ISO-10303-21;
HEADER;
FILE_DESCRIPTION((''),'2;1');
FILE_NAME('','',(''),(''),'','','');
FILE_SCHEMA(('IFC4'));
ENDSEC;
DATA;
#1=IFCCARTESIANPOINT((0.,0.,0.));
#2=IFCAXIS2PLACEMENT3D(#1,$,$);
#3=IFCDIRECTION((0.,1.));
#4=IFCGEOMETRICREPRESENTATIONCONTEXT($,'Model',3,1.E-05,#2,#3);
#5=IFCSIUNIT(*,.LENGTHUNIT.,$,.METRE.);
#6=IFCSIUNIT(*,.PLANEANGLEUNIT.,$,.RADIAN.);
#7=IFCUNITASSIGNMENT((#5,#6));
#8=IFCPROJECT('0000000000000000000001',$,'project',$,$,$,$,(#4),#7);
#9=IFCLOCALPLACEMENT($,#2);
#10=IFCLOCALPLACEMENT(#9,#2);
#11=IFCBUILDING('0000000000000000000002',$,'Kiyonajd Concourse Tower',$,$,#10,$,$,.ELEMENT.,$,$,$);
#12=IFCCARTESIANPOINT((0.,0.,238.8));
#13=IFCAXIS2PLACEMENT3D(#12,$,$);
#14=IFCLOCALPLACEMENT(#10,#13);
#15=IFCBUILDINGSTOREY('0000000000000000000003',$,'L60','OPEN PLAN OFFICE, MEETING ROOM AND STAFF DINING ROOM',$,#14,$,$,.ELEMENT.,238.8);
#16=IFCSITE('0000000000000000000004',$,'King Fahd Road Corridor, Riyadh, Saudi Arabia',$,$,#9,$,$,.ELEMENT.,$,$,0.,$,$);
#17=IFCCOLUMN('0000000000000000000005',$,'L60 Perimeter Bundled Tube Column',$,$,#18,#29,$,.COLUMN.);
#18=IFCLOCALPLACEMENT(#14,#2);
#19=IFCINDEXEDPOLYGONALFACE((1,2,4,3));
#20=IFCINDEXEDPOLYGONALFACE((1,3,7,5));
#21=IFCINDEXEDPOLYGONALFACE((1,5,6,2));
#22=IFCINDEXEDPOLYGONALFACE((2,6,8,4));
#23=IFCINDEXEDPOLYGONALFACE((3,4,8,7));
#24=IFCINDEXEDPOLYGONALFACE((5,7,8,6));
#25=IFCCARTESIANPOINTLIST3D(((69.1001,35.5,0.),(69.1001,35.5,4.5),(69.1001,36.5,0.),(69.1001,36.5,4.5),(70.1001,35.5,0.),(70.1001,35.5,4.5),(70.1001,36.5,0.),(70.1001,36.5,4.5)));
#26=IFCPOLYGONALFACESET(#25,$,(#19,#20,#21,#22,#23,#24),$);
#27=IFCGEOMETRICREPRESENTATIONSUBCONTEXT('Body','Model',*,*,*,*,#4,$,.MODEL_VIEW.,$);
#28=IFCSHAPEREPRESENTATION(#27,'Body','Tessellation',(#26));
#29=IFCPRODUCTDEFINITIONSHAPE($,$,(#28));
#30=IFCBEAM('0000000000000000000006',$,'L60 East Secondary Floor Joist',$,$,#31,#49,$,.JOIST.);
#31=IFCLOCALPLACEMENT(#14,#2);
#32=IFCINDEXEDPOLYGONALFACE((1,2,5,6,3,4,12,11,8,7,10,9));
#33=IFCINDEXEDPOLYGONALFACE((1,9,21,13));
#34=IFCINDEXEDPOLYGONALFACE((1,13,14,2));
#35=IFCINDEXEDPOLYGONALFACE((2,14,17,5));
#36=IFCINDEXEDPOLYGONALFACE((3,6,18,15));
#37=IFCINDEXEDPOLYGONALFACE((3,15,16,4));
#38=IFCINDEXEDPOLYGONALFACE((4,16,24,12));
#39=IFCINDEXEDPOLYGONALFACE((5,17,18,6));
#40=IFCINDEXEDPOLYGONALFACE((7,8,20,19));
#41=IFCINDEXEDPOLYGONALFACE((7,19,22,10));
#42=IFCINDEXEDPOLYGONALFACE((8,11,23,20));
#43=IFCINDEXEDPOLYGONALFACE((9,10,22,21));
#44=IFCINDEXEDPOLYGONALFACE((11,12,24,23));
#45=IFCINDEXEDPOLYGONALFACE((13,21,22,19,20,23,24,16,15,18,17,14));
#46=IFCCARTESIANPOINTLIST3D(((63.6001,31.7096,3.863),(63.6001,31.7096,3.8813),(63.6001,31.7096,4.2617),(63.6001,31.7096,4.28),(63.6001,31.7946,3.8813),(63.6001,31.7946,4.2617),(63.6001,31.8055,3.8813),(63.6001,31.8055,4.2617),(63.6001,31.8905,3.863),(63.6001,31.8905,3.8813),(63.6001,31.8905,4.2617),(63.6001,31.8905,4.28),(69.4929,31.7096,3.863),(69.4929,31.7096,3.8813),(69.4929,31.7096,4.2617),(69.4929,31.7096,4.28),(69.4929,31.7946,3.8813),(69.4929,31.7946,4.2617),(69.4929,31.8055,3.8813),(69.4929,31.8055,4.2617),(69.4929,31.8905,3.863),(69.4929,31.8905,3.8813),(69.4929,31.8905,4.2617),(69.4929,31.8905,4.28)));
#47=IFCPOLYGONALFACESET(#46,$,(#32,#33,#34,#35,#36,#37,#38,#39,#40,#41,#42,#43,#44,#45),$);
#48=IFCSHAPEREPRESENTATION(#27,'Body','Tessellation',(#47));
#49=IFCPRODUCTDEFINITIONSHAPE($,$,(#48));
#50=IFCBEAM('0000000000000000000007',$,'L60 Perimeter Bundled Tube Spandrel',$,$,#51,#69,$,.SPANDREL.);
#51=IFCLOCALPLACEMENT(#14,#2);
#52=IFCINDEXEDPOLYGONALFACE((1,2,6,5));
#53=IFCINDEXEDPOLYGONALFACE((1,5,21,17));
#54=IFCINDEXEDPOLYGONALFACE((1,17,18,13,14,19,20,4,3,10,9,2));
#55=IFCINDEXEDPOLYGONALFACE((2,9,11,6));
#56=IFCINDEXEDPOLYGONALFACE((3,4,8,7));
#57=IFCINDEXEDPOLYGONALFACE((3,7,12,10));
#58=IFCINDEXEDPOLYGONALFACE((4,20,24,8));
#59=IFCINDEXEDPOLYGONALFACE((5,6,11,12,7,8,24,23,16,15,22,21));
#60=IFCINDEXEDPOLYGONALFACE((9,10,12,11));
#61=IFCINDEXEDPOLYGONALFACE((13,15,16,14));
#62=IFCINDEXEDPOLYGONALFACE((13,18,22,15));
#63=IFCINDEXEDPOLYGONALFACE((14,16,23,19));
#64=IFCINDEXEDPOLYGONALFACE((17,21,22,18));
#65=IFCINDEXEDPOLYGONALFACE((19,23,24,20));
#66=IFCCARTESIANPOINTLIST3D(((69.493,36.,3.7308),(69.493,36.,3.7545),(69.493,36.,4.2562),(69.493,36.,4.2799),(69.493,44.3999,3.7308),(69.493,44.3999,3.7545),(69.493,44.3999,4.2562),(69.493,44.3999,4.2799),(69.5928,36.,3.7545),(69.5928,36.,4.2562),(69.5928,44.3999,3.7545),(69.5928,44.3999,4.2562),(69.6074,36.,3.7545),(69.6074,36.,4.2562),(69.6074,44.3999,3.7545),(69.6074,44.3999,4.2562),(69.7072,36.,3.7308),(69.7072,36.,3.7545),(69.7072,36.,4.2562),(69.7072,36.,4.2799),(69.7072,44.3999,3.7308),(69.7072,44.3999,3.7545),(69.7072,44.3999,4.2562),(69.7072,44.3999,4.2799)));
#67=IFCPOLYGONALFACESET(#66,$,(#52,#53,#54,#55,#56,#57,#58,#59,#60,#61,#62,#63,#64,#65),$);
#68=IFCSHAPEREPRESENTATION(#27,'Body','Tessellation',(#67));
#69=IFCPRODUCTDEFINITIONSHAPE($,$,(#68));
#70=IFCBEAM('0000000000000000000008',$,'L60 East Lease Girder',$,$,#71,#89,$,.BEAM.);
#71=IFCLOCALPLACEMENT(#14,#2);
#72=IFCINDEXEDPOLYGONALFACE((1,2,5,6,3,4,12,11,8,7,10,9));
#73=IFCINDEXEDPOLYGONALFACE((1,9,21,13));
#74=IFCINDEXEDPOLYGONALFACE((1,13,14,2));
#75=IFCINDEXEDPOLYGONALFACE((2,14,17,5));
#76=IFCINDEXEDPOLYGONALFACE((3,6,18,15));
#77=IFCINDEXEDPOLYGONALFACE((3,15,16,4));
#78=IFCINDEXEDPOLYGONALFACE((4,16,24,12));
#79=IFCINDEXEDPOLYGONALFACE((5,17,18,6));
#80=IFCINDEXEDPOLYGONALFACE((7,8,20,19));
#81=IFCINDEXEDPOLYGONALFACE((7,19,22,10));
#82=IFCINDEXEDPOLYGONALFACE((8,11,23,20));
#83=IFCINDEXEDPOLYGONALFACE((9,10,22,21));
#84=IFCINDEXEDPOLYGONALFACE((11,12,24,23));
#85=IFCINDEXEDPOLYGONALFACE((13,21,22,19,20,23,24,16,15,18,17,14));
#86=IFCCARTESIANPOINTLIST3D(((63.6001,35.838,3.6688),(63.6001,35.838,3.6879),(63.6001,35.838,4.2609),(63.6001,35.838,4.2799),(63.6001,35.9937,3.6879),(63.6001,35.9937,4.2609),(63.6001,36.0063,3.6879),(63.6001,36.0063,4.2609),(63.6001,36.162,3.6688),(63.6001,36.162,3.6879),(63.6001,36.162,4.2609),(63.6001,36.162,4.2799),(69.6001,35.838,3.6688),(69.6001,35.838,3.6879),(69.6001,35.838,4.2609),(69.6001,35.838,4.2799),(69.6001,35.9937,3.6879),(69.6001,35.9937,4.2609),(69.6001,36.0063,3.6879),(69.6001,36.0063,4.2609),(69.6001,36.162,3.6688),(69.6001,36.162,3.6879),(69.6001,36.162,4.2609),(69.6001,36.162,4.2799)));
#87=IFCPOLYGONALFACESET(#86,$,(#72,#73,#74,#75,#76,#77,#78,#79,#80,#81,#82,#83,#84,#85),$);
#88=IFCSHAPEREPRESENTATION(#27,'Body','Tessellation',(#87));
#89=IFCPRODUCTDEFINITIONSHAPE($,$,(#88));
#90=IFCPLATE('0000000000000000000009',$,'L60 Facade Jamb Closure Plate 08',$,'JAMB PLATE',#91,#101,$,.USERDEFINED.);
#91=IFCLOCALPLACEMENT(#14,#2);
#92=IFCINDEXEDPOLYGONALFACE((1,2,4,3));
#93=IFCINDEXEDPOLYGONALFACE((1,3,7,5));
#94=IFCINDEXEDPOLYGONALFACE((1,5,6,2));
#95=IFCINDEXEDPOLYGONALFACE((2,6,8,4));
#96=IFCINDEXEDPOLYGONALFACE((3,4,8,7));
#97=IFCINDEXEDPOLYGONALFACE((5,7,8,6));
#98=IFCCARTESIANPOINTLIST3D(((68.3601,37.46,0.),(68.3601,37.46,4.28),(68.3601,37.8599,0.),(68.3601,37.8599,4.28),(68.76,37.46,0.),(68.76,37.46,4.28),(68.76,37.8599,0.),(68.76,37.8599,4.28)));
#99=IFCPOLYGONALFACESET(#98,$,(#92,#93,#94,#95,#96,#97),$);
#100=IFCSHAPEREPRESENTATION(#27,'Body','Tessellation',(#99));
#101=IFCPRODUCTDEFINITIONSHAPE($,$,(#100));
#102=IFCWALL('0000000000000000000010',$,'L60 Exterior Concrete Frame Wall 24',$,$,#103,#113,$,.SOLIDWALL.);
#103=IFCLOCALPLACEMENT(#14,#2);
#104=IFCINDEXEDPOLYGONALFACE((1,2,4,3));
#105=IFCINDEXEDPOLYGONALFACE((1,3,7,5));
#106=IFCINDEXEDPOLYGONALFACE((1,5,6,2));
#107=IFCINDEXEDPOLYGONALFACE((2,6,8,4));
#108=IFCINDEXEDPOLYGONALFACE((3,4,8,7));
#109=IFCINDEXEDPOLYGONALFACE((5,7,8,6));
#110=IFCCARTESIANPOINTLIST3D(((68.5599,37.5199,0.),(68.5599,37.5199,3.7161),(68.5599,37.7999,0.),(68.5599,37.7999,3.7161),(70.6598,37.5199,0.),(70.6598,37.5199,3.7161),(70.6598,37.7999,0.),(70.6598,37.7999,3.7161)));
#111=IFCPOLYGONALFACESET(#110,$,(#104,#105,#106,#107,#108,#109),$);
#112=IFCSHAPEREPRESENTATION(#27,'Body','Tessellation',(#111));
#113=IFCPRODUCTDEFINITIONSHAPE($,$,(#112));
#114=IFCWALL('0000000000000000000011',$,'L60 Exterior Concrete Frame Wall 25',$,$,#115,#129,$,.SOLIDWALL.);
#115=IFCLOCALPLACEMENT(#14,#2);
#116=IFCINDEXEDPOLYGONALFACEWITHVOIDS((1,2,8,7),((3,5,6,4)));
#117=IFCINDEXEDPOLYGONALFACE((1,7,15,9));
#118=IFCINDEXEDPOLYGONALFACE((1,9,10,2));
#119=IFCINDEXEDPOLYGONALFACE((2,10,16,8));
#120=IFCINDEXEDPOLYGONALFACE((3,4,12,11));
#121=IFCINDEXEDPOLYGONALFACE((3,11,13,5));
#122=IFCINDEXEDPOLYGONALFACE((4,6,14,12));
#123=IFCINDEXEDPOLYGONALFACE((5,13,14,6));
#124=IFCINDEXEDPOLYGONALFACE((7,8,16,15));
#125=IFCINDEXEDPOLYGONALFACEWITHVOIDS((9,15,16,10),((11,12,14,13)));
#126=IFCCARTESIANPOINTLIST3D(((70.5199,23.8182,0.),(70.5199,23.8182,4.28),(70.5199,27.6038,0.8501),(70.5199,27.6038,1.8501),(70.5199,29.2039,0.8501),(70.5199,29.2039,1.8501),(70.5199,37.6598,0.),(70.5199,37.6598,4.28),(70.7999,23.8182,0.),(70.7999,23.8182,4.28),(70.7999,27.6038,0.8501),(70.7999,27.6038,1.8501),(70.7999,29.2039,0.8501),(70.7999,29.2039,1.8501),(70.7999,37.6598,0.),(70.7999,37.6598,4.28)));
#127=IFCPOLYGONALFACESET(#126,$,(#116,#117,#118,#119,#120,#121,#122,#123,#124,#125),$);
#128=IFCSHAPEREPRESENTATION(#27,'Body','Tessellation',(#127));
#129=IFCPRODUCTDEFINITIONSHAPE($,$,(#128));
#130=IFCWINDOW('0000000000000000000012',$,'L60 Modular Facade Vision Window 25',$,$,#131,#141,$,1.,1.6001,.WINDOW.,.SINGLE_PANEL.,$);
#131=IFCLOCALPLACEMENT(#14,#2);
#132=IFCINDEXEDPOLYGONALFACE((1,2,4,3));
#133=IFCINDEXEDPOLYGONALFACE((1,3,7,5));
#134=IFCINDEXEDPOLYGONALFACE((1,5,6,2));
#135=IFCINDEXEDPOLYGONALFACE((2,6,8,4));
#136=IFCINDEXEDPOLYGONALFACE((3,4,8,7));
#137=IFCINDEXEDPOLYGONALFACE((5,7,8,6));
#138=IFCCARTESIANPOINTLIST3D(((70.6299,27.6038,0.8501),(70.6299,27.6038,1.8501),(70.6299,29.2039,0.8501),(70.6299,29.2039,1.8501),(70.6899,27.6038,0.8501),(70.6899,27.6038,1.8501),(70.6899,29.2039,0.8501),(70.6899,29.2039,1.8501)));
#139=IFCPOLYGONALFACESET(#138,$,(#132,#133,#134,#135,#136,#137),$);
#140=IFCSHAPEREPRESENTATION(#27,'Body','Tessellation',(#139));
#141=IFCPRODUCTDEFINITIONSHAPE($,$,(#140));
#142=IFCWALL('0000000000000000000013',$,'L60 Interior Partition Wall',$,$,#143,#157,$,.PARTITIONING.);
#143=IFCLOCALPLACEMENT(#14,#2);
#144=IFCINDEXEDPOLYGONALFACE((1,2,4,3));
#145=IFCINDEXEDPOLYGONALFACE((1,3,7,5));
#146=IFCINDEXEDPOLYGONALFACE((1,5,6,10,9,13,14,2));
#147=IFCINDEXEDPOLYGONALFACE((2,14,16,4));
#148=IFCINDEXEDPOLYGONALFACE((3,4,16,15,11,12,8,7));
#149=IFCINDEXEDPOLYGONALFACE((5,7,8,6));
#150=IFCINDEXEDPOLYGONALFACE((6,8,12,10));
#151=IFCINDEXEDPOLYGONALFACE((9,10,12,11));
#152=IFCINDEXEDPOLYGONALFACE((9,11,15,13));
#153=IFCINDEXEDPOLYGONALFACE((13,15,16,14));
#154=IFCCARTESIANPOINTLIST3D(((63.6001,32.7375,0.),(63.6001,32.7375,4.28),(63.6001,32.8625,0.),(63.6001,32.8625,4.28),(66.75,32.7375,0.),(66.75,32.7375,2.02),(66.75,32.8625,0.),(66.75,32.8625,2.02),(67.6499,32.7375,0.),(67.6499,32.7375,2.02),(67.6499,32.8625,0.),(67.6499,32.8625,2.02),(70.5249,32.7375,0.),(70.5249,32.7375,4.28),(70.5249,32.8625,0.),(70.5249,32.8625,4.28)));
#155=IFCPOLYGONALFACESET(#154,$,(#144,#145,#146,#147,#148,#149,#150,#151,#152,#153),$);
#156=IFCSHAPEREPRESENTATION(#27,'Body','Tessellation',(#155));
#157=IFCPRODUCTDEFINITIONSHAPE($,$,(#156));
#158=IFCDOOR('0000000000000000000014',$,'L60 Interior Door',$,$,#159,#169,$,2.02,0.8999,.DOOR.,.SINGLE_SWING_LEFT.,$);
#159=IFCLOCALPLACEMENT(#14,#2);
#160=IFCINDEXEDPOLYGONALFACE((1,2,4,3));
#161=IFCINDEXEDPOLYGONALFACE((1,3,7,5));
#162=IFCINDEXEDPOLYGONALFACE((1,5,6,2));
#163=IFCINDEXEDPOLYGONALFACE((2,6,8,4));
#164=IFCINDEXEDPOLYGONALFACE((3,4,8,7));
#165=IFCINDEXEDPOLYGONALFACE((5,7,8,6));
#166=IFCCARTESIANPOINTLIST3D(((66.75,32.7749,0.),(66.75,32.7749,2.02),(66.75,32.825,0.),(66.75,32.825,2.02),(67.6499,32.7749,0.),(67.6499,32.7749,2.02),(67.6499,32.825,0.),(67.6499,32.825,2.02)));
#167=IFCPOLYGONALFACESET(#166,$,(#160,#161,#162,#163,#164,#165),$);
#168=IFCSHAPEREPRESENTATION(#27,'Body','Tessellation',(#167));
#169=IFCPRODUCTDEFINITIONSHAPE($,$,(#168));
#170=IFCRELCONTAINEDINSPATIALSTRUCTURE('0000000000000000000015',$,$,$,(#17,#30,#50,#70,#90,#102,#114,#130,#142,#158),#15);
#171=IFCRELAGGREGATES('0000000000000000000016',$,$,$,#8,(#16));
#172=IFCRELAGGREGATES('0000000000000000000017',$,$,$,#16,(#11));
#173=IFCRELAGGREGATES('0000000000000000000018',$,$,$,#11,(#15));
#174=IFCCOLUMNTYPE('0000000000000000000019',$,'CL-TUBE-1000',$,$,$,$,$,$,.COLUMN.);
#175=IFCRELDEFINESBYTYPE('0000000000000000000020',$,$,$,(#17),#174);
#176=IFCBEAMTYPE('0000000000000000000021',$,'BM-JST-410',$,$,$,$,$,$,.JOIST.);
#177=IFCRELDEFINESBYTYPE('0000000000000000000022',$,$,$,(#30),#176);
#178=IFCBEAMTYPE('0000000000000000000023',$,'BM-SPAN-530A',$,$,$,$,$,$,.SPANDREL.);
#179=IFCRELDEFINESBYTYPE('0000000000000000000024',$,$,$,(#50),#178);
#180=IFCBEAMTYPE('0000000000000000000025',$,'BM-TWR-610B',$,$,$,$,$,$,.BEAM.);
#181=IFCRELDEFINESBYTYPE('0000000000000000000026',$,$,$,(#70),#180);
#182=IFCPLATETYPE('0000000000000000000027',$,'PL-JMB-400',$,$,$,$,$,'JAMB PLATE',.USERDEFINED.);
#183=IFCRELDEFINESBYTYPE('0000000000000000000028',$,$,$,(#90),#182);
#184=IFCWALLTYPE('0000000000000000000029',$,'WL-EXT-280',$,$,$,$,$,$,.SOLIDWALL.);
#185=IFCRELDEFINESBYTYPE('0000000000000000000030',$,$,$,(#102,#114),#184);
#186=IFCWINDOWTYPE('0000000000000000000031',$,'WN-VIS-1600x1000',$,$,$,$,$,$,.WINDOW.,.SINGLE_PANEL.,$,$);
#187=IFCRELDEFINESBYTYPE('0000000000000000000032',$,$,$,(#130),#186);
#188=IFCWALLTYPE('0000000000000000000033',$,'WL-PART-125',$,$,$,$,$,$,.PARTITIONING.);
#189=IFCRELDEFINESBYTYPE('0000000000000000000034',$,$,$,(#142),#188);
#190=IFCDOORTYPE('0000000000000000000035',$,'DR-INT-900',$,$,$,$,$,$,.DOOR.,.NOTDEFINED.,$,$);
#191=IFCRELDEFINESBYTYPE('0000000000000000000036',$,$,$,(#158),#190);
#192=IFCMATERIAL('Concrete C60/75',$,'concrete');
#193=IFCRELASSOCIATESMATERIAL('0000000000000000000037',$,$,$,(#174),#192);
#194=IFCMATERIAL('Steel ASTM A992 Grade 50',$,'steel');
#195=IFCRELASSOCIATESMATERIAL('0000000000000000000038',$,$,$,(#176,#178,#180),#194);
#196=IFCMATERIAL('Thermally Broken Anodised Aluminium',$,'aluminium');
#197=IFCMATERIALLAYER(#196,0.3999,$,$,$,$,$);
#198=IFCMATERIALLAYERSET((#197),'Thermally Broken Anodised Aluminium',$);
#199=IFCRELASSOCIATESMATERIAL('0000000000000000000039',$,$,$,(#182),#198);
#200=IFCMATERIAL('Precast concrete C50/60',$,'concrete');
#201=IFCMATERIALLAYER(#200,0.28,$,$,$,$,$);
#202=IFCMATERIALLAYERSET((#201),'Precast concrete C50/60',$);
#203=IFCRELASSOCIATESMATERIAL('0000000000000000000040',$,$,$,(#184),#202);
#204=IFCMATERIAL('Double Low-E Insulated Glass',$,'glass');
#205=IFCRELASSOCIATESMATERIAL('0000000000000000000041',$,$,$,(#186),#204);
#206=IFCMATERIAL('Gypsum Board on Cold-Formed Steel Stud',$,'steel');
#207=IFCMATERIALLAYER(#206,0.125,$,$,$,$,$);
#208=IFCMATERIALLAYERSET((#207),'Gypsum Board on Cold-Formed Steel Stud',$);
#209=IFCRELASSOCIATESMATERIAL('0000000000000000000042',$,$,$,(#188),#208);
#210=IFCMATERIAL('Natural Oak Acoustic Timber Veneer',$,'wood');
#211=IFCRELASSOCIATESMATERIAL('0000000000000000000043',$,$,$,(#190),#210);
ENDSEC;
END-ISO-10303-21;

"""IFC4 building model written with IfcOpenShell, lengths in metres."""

from ifc_helpers import new_model, si_unit, direction, frame, frame_2d, origin, origin_2d, place, context, subcontext, project, spatial, rectangle, i_section, extrude, material, layer, layer_set, material_profile, profile_set, type_object, element, fill, save


model = new_model("IFC4")

# Units and contexts
model_context = context("Model", 3, precision=1e-05, world=origin(), true_north=direction((0.0, 1.0)))
body_context = subcontext(model_context, "Body", "Model", "MODEL_VIEW")
ifc_project = project(units=[si_unit("LENGTHUNIT", "METRE"), si_unit("PLANEANGLEUNIT", "RADIAN")], contexts=[model_context])

# Site, building, storey
site_placement = place(None, origin())
site = spatial("IfcSite", under=ifc_project, at=site_placement, Name="King Fahd Road Corridor, Riyadh, Saudi Arabia", CompositionType="ELEMENT", RefElevation=0.0)
building_placement = place(site_placement, origin())
building = spatial("IfcBuilding", under=site, at=building_placement, Name="Kiyonajd Concourse Tower", CompositionType="ELEMENT")
storey_placement = place(building_placement, frame((0.0, 0.0, 238.8)))
storey = spatial("IfcBuildingStorey", under=building, at=storey_placement, Name="L60", Description="OPEN PLAN OFFICE, MEETING ROOM AND STAFF DINING ROOM", CompositionType="ELEMENT", Elevation=238.8)

# Column
ifc_material_1 = material(Name="Concrete C60/75", Category="concrete")
ifc_material_profile_1 = material_profile(ifc_material_1, rectangle(XDim=1.0, YDim=1.0, at=origin_2d()), Name="RC-1000x1000")
ifc_profile_set_1 = profile_set([ifc_material_profile_1], Name="Concrete C60/75")
column_type = type_object("IfcColumnType", Name="CL-TUBE-1000", PredefinedType="COLUMN", material=ifc_profile_set_1)
column_placement = place(storey_placement, frame((69.6001, 36.0, 0.0), z_axis=(0.0, 0.0, 1.0), x_axis=(1.0, 0.0, 0.0)))
element("IfcColumn", 1, at=column_placement, inside=storey, type_object=column_type, Name="L60 Perimeter Bundled Tube Column", PredefinedType="COLUMN", context=body_context, shape_type="SweptSolid", body=[
    extrude(rectangle(XDim=1.0, YDim=1.0, at=origin_2d()), origin(), (0.0, 0.0, 1.0), 4.5),
])

# Beams
ifc_material_2 = material(Name="Steel ASTM A992 Grade 50", Category="steel")
ifc_material_profile_2 = material_profile(ifc_material_2, i_section(OverallWidth=0.1809, OverallDepth=0.417, WebThickness=0.011, FlangeThickness=0.0183, at=origin_2d()), Name="W410X85")
ifc_profile_set_2 = profile_set([ifc_material_profile_2], Name="Steel ASTM A992 Grade 50")
beam_type_1 = type_object("IfcBeamType", Name="BM-JST-410", PredefinedType="JOIST", material=ifc_profile_set_2)
beam_1_placement = place(storey_placement, frame((63.6001, 31.8, 4.0715), z_axis=(1.0, 0.0, 0.0), x_axis=(0.0, 1.0, 0.0)))
element("IfcBeam", 2, at=beam_1_placement, inside=storey, type_object=beam_type_1, Name="L60 East Secondary Floor Joist", PredefinedType="JOIST", context=body_context, shape_type="SweptSolid", body=[
    extrude(i_section(OverallWidth=0.1809, OverallDepth=0.417, WebThickness=0.011, FlangeThickness=0.0183, at=origin_2d()), origin(), (0.0, 0.0, 1.0), 5.8928),
])
ifc_material_profile_3 = material_profile(ifc_material_2, i_section(OverallWidth=0.2141, OverallDepth=0.5491, WebThickness=0.0146, FlangeThickness=0.0237, at=origin_2d()), Name="W530X138")
ifc_profile_set_3 = profile_set([ifc_material_profile_3], Name="Steel ASTM A992 Grade 50")
beam_type_2 = type_object("IfcBeamType", Name="BM-SPAN-530A", PredefinedType="SPANDREL", material=ifc_profile_set_3)
beam_2_placement = place(storey_placement, frame((69.6001, 36.0, 4.0054), z_axis=(0.0, 1.0, 0.0), x_axis=(-1.0, 0.0, 0.0)))
element("IfcBeam", 3, at=beam_2_placement, inside=storey, type_object=beam_type_2, Name="L60 Perimeter Bundled Tube Spandrel", PredefinedType="SPANDREL", context=body_context, shape_type="SweptSolid", body=[
    extrude(i_section(OverallWidth=0.2141, OverallDepth=0.5491, WebThickness=0.0146, FlangeThickness=0.0237, at=origin_2d()), origin(), (0.0, 0.0, 1.0), 8.3999),
])
ifc_material_profile_4 = material_profile(ifc_material_2, i_section(OverallWidth=0.324, OverallDepth=0.6111, WebThickness=0.0127, FlangeThickness=0.019, at=origin_2d()), Name="W610X155")
ifc_profile_set_4 = profile_set([ifc_material_profile_4], Name="Steel ASTM A992 Grade 50")
beam_type_3 = type_object("IfcBeamType", Name="BM-TWR-610B", PredefinedType="BEAM", material=ifc_profile_set_4)
beam_3_placement = place(storey_placement, frame((63.6001, 36.0, 3.9744), z_axis=(1.0, 0.0, 0.0), x_axis=(0.0, 1.0, 0.0)))
element("IfcBeam", 4, at=beam_3_placement, inside=storey, type_object=beam_type_3, Name="L60 East Lease Girder", PredefinedType="BEAM", context=body_context, shape_type="SweptSolid", body=[
    extrude(i_section(OverallWidth=0.324, OverallDepth=0.6111, WebThickness=0.0127, FlangeThickness=0.019, at=origin_2d()), origin(), (0.0, 0.0, 1.0), 6.0),
])

# Plate
ifc_material_3 = material(Name="Thermally Broken Anodised Aluminium", Category="aluminium")
ifc_layer_1 = layer(ifc_material_3, 0.3999)
ifc_layer_set_1 = layer_set([ifc_layer_1], Name="Thermally Broken Anodised Aluminium")
plate_type = type_object("IfcPlateType", Name="PL-JMB-400", ElementType="JAMB PLATE", PredefinedType="USERDEFINED", material=ifc_layer_set_1)
plate_placement = place(storey_placement, frame((68.5601, 37.6599, 0.0), z_axis=(0.0, 0.0, 1.0), x_axis=(1.0, 0.0, 0.0)))
element("IfcPlate", 5, at=plate_placement, inside=storey, type_object=plate_type, Name="L60 Facade Jamb Closure Plate 08", ObjectType="JAMB PLATE", PredefinedType="USERDEFINED", context=body_context, shape_type="SweptSolid", body=[
    extrude(rectangle(XDim=0.3999, YDim=0.3999, at=origin_2d()), origin(), (0.0, 0.0, 1.0), 4.28),
])

# Wall
ifc_material_4 = material(Name="Precast concrete C50/60", Category="concrete")
ifc_layer_2 = layer(ifc_material_4, 0.28)
ifc_layer_set_2 = layer_set([ifc_layer_2], Name="Precast concrete C50/60")
wall_type_1 = type_object("IfcWallType", Name="WL-EXT-280", PredefinedType="SOLIDWALL", material=ifc_layer_set_2)
wall_1_placement = place(storey_placement, frame((68.5601, 37.6599, 0.0), z_axis=(0.0, 0.0, 1.0), x_axis=(1.0, 0.0, 0.0)))
element("IfcWall", 6, at=wall_1_placement, inside=storey, type_object=wall_type_1, Name="L60 Exterior Concrete Frame Wall 24", PredefinedType="SOLIDWALL", context=body_context, shape_type="SweptSolid", body=[
    extrude(rectangle(XDim=2.0999, YDim=0.28, at=frame_2d((1.0498, 0.0))), origin(), (0.0, 0.0, 1.0), 3.7161),
])

# Wall, opening, window
wall_2_placement = place(storey_placement, frame((70.6599, 37.6599, 0.0), z_axis=(0.0, 0.0, 1.0), x_axis=(0.0, -1.0, 0.0)))
wall_2 = element("IfcWall", 7, at=wall_2_placement, inside=storey, type_object=wall_type_1, Name="L60 Exterior Concrete Frame Wall 25", PredefinedType="SOLIDWALL", context=body_context, shape_type="SweptSolid", body=[
    extrude(rectangle(XDim=13.8416, YDim=0.28, at=frame_2d((6.9209, 0.0))), origin(), (0.0, 0.0, 1.0), 4.28),
])
opening_1_placement = place(wall_2_placement, frame((8.4561, 0.0, 0.8501)))
opening_1 = element("IfcOpeningElement", 8, at=opening_1_placement, cuts=wall_2, PredefinedType="OPENING", context=body_context, shape_type="SweptSolid", body=[
    extrude(rectangle(XDim=1.6001, YDim=1.0, at=frame_2d((0.8, 0.5))), frame((0.0, 0.1499, 0.0), z_axis=(0.0, -1.0, 0.0), x_axis=(1.0, 0.0, 0.0)), (0.0, 0.0, 1.0), 0.3),
])
ifc_material_5 = material(Name="Double Low-E Insulated Glass", Category="glass")
window_type = type_object("IfcWindowType", Name="WN-VIS-1600x1000", PartitioningType="SINGLE_PANEL", PredefinedType="WINDOW", material=ifc_material_5)
window_placement = place(opening_1_placement, origin())
window = element("IfcWindow", 9, at=window_placement, inside=storey, type_object=window_type, Name="L60 Modular Facade Vision Window 25", OverallHeight=1.0, OverallWidth=1.6001, PartitioningType="SINGLE_PANEL", PredefinedType="WINDOW", context=body_context, shape_type="SweptSolid", body=[
    extrude(rectangle(XDim=1.6001, YDim=1.0, at=frame_2d((0.8, 0.5))), frame((0.0, 0.03, 0.0), z_axis=(0.0, -1.0, 0.0), x_axis=(1.0, 0.0, 0.0)), (0.0, 0.0, 1.0), 0.0601),
])
fill(opening_1, window)

# Wall, opening, door
ifc_material_6 = material(Name="Gypsum Board on Cold-Formed Steel Stud", Category="steel")
ifc_layer_3 = layer(ifc_material_6, 0.125)
ifc_layer_set_3 = layer_set([ifc_layer_3], Name="Gypsum Board on Cold-Formed Steel Stud")
wall_type_2 = type_object("IfcWallType", Name="WL-PART-125", PredefinedType="PARTITIONING", material=ifc_layer_set_3)
wall_3_placement = place(storey_placement, frame((63.6001, 32.8, 0.0), z_axis=(0.0, 0.0, 1.0), x_axis=(1.0, 0.0, 0.0)))
wall_3 = element("IfcWall", 10, at=wall_3_placement, inside=storey, type_object=wall_type_2, Name="L60 Interior Partition Wall", PredefinedType="PARTITIONING", context=body_context, shape_type="SweptSolid", body=[
    extrude(rectangle(XDim=6.9248, YDim=0.125, at=frame_2d((3.4624, 0.0))), origin(), (0.0, 0.0, 1.0), 4.28),
])
opening_2_placement = place(wall_3_placement, frame((3.1499, 0.0, 0.0)))
opening_2 = element("IfcOpeningElement", 11, at=opening_2_placement, cuts=wall_3, PredefinedType="OPENING", context=body_context, shape_type="SweptSolid", body=[
    extrude(rectangle(XDim=0.8999, YDim=2.02, at=frame_2d((0.45, 1.01))), frame((0.0, 0.0725, 0.0), z_axis=(0.0, -1.0, 0.0), x_axis=(1.0, 0.0, 0.0)), (0.0, 0.0, 1.0), 0.145),
])
ifc_material_7 = material(Name="Natural Oak Acoustic Timber Veneer", Category="wood")
door_type_1 = type_object("IfcDoorType", Name="DR-INT-900", OperationType="NOTDEFINED", PredefinedType="DOOR", material=ifc_material_7)
door_1_placement = place(opening_2_placement, origin())
door_1 = element("IfcDoor", 12, at=door_1_placement, inside=storey, type_object=door_type_1, Name="L60 Interior Door", OperationType="SINGLE_SWING_LEFT", OverallHeight=2.02, OverallWidth=0.8999, PredefinedType="DOOR", context=body_context, shape_type="SweptSolid", body=[
    extrude(rectangle(XDim=0.8999, YDim=2.02, at=frame_2d((0.45, 1.01))), frame((0.0, 0.0249, 0.0), z_axis=(0.0, -1.0, 0.0), x_axis=(1.0, 0.0, 0.0)), (0.0, 0.0, 1.0), 0.05),
])
fill(opening_2, door_1)

save(model, "model.ifc")
